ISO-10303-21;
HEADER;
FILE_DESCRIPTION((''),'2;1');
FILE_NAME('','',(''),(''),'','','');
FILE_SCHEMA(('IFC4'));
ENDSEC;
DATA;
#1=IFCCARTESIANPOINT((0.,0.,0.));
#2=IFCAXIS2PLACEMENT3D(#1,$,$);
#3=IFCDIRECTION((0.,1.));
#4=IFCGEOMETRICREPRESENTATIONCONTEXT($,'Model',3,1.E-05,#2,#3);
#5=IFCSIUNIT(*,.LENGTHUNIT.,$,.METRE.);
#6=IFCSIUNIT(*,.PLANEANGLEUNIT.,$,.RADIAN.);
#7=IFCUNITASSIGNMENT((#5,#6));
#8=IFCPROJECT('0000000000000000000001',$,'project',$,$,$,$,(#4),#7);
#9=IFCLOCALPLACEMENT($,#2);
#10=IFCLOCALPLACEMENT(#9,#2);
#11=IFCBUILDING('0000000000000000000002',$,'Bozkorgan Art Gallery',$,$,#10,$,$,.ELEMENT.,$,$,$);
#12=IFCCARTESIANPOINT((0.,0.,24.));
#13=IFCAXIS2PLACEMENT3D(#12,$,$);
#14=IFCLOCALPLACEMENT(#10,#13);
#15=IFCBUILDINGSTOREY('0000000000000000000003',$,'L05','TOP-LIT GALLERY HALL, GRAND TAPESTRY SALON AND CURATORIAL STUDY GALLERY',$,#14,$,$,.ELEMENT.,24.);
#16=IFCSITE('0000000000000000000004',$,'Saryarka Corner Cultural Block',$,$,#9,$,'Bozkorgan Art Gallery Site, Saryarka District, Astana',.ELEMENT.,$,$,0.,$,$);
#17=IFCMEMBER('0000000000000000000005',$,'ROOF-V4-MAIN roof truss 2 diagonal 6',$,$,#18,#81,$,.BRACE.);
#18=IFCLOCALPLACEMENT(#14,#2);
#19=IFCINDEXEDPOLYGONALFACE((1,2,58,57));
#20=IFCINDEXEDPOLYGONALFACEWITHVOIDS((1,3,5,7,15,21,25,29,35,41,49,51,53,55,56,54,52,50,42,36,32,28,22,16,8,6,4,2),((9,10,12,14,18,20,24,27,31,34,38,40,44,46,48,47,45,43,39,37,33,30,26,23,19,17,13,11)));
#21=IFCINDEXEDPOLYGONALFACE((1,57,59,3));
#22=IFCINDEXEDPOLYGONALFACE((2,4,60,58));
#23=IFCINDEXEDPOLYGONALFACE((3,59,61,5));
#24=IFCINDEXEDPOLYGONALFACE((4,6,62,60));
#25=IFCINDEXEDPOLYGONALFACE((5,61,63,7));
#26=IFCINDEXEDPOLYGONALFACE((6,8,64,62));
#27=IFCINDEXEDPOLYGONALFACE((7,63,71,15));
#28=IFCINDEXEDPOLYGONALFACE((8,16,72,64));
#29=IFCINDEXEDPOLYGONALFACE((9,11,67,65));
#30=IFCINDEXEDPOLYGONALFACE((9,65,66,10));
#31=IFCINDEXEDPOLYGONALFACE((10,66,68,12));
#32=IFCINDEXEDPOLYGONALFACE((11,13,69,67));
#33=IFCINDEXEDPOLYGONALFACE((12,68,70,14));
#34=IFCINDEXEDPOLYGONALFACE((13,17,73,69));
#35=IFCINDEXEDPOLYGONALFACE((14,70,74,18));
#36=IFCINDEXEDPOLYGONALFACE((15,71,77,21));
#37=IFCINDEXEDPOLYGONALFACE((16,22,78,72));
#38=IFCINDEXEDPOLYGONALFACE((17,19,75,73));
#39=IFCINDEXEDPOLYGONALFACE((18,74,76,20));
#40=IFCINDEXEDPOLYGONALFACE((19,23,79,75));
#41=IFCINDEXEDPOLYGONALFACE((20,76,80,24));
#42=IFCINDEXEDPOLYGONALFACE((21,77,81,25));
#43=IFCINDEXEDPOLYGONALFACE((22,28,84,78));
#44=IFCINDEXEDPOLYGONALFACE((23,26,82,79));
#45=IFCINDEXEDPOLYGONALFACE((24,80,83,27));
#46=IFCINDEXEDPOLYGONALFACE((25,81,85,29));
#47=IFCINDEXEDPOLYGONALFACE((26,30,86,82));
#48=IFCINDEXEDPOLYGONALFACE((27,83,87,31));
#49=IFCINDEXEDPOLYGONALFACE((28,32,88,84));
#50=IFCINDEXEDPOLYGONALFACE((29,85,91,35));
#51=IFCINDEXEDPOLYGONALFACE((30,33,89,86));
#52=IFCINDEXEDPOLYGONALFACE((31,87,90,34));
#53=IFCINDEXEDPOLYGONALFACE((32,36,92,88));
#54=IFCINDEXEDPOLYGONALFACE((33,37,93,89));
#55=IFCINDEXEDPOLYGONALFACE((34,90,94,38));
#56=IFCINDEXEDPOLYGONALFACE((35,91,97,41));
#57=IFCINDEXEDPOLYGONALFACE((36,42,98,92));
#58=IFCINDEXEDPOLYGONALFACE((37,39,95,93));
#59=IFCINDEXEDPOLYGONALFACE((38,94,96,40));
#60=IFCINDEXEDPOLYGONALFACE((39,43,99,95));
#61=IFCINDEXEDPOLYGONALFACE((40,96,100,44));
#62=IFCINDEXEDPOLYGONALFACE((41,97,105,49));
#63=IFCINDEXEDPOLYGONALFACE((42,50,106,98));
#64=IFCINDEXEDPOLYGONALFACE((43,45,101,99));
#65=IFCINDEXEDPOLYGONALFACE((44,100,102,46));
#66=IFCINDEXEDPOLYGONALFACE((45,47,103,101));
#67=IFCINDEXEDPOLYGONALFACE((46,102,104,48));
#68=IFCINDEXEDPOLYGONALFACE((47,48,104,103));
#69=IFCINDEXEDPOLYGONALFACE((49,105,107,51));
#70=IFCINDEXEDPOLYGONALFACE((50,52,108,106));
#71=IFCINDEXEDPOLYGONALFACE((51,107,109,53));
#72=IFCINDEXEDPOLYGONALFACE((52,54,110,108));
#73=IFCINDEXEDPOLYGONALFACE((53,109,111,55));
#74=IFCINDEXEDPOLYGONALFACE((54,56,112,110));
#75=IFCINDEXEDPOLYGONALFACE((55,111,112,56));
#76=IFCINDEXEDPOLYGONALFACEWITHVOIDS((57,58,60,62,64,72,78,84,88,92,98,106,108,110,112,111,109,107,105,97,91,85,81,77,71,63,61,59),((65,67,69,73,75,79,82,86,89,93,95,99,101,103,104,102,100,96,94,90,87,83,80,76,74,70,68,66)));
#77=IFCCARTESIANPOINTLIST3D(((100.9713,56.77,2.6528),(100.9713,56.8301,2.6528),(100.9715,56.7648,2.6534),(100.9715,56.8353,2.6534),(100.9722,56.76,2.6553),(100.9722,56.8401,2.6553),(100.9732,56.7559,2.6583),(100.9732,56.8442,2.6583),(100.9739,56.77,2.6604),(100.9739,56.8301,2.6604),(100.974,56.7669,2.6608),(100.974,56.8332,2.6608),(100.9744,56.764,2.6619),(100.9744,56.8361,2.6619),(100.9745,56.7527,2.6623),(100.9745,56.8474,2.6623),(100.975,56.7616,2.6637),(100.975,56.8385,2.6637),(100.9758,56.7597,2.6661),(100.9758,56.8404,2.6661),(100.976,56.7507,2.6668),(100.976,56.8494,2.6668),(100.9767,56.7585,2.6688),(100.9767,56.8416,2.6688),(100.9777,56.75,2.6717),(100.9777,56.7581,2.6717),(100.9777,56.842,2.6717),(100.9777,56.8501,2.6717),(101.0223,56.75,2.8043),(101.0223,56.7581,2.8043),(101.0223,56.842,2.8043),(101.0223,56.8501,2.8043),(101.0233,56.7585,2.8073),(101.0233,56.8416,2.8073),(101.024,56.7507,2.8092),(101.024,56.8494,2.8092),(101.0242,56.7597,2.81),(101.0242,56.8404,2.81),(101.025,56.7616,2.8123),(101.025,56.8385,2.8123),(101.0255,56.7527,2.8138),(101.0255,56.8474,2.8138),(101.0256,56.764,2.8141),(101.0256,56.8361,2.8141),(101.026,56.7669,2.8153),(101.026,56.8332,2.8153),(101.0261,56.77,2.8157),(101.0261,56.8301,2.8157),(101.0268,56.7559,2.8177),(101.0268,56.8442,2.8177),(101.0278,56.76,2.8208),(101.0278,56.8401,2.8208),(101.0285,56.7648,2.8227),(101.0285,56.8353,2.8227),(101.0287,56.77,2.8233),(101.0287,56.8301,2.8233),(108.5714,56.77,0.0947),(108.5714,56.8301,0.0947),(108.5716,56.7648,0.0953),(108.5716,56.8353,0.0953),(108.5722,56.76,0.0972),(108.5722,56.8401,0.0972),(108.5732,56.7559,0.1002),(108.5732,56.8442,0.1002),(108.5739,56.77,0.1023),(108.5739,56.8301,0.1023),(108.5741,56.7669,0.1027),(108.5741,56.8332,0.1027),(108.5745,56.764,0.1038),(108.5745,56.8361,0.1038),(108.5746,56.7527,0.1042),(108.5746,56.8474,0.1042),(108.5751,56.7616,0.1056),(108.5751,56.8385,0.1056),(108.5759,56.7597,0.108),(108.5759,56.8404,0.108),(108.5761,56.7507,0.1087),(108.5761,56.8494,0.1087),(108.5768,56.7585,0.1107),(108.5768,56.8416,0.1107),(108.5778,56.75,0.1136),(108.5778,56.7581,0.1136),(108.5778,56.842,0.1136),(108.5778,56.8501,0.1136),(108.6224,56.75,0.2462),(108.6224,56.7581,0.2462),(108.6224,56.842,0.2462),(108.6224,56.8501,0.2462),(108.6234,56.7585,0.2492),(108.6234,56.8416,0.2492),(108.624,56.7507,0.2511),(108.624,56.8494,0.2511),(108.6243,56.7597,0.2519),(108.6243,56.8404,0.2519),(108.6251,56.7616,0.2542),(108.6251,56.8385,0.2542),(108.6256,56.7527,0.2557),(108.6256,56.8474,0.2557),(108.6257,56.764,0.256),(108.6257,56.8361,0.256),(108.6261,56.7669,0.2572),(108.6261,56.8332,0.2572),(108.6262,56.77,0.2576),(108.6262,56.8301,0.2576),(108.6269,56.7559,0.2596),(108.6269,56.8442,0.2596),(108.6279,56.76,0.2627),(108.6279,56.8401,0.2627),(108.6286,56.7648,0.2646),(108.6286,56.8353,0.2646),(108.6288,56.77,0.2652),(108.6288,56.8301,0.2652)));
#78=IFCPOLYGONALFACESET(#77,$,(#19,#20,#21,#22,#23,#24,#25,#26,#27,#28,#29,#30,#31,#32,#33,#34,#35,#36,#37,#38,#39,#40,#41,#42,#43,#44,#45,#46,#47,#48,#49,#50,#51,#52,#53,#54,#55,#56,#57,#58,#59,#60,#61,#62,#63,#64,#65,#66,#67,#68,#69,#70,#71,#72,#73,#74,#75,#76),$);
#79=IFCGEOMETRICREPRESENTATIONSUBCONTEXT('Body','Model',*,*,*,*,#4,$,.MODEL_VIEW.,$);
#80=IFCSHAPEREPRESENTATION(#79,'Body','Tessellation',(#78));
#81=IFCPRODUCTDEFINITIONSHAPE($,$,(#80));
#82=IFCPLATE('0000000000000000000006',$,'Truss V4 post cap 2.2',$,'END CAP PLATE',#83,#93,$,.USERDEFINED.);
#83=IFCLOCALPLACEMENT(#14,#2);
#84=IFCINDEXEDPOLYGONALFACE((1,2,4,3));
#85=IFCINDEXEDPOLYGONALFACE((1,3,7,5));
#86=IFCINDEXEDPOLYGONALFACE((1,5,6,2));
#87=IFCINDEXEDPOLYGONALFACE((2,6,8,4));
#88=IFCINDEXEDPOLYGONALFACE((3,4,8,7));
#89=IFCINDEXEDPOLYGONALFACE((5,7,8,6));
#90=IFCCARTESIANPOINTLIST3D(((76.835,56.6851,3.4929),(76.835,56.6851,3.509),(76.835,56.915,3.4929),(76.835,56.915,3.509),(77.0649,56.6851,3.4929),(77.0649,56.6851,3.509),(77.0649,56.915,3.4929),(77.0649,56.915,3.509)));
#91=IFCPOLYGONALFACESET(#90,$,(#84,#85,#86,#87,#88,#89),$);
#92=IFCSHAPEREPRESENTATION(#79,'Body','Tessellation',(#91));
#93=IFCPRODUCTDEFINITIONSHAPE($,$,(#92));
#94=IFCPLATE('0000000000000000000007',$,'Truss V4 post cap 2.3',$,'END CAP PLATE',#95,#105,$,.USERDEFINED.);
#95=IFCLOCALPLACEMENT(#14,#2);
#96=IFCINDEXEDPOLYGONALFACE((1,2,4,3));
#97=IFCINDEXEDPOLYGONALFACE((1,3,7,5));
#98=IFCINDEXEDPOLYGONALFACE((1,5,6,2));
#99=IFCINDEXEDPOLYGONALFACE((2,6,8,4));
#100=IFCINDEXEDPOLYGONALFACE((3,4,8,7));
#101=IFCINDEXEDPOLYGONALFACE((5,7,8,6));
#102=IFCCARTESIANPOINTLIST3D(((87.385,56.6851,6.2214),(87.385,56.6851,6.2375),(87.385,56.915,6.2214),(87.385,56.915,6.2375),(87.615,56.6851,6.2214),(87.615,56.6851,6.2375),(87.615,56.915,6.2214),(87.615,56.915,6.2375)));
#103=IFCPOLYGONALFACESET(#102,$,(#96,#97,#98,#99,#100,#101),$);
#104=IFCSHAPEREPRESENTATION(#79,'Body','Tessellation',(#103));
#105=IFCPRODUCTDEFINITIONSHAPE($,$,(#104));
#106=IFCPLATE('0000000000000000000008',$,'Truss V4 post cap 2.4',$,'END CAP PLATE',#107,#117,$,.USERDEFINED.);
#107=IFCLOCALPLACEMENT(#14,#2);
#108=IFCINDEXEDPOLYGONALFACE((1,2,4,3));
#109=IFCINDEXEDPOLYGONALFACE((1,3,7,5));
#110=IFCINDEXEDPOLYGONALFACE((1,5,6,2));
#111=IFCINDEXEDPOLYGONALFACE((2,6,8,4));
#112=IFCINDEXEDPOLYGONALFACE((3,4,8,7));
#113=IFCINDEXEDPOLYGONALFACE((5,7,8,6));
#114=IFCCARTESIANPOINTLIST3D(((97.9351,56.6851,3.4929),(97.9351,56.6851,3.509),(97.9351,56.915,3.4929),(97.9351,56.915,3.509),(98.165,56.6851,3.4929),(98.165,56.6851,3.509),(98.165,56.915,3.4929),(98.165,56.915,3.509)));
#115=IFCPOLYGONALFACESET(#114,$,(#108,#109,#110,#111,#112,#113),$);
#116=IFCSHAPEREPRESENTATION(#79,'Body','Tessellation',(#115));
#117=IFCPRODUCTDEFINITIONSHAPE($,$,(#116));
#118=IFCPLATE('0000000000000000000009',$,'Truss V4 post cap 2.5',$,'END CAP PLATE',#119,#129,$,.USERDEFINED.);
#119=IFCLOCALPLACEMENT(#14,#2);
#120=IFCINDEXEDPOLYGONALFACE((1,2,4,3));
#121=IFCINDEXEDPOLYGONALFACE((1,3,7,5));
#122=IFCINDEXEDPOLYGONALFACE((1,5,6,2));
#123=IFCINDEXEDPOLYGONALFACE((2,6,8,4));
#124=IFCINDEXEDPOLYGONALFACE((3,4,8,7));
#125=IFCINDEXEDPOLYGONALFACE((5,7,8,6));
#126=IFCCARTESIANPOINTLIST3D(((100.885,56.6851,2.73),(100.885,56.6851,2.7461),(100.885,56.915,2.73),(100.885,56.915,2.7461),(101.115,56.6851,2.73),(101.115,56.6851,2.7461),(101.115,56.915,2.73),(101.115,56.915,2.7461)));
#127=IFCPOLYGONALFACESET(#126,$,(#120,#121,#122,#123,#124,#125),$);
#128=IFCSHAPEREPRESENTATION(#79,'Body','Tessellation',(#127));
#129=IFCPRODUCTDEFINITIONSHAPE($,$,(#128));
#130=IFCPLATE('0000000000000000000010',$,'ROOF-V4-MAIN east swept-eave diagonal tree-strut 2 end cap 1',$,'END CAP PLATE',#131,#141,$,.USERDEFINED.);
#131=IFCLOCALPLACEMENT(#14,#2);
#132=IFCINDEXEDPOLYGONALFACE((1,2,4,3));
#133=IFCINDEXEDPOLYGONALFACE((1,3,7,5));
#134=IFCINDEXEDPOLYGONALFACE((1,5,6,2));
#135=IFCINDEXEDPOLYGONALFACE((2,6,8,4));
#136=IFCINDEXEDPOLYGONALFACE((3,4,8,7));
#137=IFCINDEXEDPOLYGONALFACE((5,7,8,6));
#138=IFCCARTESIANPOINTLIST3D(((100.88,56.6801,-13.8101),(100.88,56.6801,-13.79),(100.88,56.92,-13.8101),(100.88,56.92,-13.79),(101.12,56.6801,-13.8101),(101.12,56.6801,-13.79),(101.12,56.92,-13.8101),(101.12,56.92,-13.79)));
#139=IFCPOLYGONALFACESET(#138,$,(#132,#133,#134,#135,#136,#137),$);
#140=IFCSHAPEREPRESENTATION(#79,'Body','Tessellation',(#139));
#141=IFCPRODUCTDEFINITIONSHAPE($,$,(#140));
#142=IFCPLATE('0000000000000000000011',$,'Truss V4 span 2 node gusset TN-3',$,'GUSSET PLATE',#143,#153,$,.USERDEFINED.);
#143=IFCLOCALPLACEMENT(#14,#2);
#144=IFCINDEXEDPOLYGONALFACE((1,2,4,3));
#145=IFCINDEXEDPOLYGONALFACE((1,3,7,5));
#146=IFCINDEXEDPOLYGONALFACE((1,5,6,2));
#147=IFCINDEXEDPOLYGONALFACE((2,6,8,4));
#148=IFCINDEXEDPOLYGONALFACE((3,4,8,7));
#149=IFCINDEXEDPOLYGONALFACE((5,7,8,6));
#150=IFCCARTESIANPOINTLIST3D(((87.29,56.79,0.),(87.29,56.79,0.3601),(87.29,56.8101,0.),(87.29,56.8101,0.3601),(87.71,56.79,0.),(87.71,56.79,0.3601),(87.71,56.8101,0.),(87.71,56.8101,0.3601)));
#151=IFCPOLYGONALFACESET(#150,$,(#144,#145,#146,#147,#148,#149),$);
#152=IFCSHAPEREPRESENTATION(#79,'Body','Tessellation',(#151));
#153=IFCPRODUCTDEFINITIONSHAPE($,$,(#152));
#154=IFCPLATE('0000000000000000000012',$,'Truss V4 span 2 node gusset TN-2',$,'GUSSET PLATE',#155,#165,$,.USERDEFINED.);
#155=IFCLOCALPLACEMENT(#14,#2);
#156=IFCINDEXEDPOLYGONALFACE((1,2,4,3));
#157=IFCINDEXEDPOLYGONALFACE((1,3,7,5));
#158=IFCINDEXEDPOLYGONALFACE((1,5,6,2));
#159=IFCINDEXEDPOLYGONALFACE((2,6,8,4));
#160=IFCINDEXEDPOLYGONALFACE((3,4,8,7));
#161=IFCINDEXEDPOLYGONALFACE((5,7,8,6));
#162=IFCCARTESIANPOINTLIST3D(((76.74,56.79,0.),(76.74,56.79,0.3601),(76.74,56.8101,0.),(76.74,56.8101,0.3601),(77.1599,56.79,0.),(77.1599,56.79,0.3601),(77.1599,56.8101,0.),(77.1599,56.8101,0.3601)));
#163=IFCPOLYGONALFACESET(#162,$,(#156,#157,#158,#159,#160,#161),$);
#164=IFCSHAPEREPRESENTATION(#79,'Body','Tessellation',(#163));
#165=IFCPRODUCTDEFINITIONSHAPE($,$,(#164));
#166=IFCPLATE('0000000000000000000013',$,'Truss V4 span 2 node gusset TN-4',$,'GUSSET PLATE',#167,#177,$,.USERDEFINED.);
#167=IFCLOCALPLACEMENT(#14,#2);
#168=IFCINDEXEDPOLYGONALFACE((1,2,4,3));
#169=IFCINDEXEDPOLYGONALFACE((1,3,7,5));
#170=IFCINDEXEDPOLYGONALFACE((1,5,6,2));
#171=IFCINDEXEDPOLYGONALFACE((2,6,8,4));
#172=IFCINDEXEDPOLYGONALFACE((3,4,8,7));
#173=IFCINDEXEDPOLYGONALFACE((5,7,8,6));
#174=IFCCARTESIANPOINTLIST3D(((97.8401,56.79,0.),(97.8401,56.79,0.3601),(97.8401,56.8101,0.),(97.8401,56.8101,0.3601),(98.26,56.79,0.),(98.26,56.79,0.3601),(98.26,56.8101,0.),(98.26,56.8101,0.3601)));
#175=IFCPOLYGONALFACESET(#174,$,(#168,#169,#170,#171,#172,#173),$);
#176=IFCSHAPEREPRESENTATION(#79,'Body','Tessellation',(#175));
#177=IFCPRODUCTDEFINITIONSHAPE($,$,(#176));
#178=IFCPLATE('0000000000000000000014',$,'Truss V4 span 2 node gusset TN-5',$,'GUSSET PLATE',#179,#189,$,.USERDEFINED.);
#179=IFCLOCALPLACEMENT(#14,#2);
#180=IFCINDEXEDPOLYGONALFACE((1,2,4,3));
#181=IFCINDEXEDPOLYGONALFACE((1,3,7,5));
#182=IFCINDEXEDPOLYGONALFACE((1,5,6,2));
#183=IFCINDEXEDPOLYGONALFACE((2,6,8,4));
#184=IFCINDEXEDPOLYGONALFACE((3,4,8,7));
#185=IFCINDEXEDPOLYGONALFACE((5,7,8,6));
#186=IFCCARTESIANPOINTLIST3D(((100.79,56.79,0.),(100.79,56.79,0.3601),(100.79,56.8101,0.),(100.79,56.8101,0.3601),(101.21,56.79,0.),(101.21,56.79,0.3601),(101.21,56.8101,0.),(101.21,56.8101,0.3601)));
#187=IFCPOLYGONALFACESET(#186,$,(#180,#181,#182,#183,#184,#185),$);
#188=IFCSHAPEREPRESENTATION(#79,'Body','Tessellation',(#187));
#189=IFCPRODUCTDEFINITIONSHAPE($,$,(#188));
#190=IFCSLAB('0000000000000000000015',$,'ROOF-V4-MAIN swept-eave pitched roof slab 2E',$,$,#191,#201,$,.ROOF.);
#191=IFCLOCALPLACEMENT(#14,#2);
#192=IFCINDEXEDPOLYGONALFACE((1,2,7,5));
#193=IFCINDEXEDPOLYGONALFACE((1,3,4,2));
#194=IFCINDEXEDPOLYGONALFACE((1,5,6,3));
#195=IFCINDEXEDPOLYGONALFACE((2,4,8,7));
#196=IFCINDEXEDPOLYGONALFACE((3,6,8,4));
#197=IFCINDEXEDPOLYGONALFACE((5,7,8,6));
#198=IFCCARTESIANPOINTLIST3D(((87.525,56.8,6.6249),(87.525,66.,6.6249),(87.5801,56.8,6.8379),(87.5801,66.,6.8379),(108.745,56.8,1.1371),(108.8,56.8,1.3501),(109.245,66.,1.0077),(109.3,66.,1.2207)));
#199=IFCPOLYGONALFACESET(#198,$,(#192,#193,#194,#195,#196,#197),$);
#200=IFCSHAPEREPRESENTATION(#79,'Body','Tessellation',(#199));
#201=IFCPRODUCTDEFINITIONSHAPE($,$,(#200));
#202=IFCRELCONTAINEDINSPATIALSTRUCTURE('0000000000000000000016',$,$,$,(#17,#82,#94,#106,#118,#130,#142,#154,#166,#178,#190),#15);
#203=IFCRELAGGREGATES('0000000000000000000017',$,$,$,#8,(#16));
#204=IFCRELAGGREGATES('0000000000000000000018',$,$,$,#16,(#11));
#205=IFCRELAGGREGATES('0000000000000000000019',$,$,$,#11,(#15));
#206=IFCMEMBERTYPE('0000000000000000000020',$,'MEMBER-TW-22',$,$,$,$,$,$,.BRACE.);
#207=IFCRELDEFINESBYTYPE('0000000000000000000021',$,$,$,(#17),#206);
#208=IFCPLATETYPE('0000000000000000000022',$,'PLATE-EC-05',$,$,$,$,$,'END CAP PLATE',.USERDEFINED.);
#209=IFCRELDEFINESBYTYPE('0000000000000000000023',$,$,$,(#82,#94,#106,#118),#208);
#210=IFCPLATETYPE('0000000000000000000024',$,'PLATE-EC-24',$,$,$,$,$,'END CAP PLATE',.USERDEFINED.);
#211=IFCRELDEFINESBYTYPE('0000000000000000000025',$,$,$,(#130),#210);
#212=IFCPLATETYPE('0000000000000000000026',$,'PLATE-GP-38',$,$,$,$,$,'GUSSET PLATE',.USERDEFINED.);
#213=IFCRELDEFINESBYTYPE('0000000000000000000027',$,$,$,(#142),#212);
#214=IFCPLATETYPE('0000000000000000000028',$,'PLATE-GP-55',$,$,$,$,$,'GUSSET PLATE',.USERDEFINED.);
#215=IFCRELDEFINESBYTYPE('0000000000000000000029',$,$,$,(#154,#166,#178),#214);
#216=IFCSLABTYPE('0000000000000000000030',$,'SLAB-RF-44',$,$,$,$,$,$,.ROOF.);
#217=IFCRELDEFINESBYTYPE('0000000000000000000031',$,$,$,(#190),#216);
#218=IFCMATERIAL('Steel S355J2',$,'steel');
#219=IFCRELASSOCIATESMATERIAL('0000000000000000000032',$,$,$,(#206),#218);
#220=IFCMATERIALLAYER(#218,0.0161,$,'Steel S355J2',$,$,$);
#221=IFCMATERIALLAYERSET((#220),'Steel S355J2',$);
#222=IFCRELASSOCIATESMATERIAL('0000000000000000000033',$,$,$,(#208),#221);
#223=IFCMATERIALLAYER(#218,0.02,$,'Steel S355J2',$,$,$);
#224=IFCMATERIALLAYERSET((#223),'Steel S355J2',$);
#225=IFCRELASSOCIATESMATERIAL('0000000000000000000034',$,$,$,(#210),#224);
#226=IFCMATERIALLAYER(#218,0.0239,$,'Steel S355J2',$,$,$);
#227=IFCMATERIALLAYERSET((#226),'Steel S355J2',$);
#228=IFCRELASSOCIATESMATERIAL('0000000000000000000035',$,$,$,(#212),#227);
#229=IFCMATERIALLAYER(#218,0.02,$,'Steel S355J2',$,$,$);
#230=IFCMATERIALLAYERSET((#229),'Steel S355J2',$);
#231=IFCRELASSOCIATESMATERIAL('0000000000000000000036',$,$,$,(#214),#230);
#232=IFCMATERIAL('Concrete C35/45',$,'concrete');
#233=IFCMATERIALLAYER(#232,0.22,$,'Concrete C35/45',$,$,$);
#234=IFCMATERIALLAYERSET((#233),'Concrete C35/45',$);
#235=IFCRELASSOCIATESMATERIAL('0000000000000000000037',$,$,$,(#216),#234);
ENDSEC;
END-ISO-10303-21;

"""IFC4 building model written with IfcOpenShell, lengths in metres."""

from ifc_helpers import new_model, si_unit, direction, frame, origin, origin_2d, place, context, subcontext, project, spatial, polyline, rectangle, hollow_rectangle, outline, extrude, material, layer, layer_set, material_profile, profile_set, type_object, element, save


model = new_model("IFC4")

# Units and contexts
model_context = context("Model", 3, precision=1e-05, world=origin(), true_north=direction((0.0, 1.0)))
body_context = subcontext(model_context, "Body", "Model", "MODEL_VIEW")
ifc_project = project(units=[si_unit("LENGTHUNIT", "METRE"), si_unit("PLANEANGLEUNIT", "RADIAN")], contexts=[model_context])

# Site, building, storey
site_placement = place(None, origin())
site = spatial("IfcSite", under=ifc_project, at=site_placement, Name="Saryarka Corner Cultural Block", LongName="Bozkorgan Art Gallery Site, Saryarka District, Astana", CompositionType="ELEMENT", RefElevation=0.0)
building_placement = place(site_placement, origin())
building = spatial("IfcBuilding", under=site, at=building_placement, Name="Bozkorgan Art Gallery", CompositionType="ELEMENT")
storey_placement = place(building_placement, frame((0.0, 0.0, 24.0)))
storey = spatial("IfcBuildingStorey", under=building, at=storey_placement, Name="L05", Description="TOP-LIT GALLERY HALL, GRAND TAPESTRY SALON AND CURATORIAL STUDY GALLERY", CompositionType="ELEMENT", Elevation=24.0)

# Member
ifc_material_1 = material(Name="Steel S355J2", Category="steel")
ifc_material_profile_1 = material_profile(ifc_material_1, hollow_rectangle(XDim=0.1001, YDim=0.1799, WallThickness=0.0081, InnerFilletRadius=0.012, OuterFilletRadius=0.02, at=origin_2d()), Name="RHS 180x100x8")
ifc_profile_set_1 = profile_set([ifc_material_profile_1], Name="Steel S355J2")
member_type_1 = type_object("IfcMemberType", Name="MEMBER-TW-22", PredefinedType="BRACE", material=ifc_profile_set_1)
member_1_placement = place(storey_placement, frame((101.0, 56.8, 2.738), z_axis=(0.947754, 0.0, -0.319003), x_axis=(0.0, 1.0, 0.0)))
element("IfcMember", 1, at=member_1_placement, inside=storey, type_object=member_type_1, Name="ROOF-V4-MAIN roof truss 2 diagonal 6", PredefinedType="BRACE", context=body_context, shape_type="SweptSolid", body=[
    extrude(hollow_rectangle(XDim=0.1001, YDim=0.1799, WallThickness=0.0081, InnerFilletRadius=0.012, OuterFilletRadius=0.02, at=origin_2d()), origin(), (0.0, 0.0, 1.0), 8.019),
])

# Plates
ifc_layer_1 = layer(ifc_material_1, 0.0161, Name="Steel S355J2")
ifc_layer_set_1 = layer_set([ifc_layer_1], Name="Steel S355J2")
plate_type_1 = type_object("IfcPlateType", Name="PLATE-EC-05", ElementType="END CAP PLATE", PredefinedType="USERDEFINED", material=ifc_layer_set_1)
for number, where, z_axis, x_axis, name in (
    (2, (76.95, 56.8, 3.4929), (0.0, 0.0, 1.0), (1.0, 0.0, 0.0), "Truss V4 post cap 2.2"),
    (3, (87.5, 56.8, 6.2214), (0.0, 0.0, 1.0), (1.0, 0.0, 0.0), "Truss V4 post cap 2.3"),
    (4, (98.05, 56.8, 3.4929), (0.0, 0.0, 1.0), (1.0, 0.0, 0.0), "Truss V4 post cap 2.4"),
    (5, (101.0, 56.8, 2.73), (0.0, 0.0, 1.0), (1.0, 0.0, 0.0), "Truss V4 post cap 2.5"),
):
    element("IfcPlate", number, at=place(storey_placement, frame(where, z_axis=z_axis, x_axis=x_axis)), inside=storey, type_object=plate_type_1, Name=name, ObjectType="END CAP PLATE", PredefinedType="USERDEFINED", context=body_context, shape_type="SweptSolid", body=[
        extrude(rectangle(XDim=0.23, YDim=0.23, at=origin_2d()), origin(), (0.0, 0.0, 1.0), 0.0161),
    ])
ifc_layer_2 = layer(ifc_material_1, 0.02, Name="Steel S355J2")
ifc_layer_set_2 = layer_set([ifc_layer_2], Name="Steel S355J2")
plate_type_2 = type_object("IfcPlateType", Name="PLATE-EC-24", ElementType="END CAP PLATE", PredefinedType="USERDEFINED", material=ifc_layer_set_2)
plate_1_placement = place(storey_placement, frame((101.0, 56.8, -13.8101), z_axis=(0.0, 0.0, 1.0), x_axis=(1.0, 0.0, 0.0)))
element("IfcPlate", 6, at=plate_1_placement, inside=storey, type_object=plate_type_2, Name="ROOF-V4-MAIN east swept-eave diagonal tree-strut 2 end cap 1", ObjectType="END CAP PLATE", PredefinedType="USERDEFINED", context=body_context, shape_type="SweptSolid", body=[
    extrude(rectangle(XDim=0.24, YDim=0.24, at=origin_2d()), origin(), (0.0, 0.0, 1.0), 0.02),
])
ifc_layer_3 = layer(ifc_material_1, 0.0239, Name="Steel S355J2")
ifc_layer_set_3 = layer_set([ifc_layer_3], Name="Steel S355J2")
plate_type_3 = type_object("IfcPlateType", Name="PLATE-GP-38", ElementType="GUSSET PLATE", PredefinedType="USERDEFINED", material=ifc_layer_set_3)
plate_2_placement = place(storey_placement, frame((87.5, 56.8, 0.0), z_axis=(0.0, 0.0, 1.0), x_axis=(1.0, 0.0, 0.0)))
element("IfcPlate", 7, at=plate_2_placement, inside=storey, type_object=plate_type_3, Name="Truss V4 span 2 node gusset TN-3", ObjectType="GUSSET PLATE", PredefinedType="USERDEFINED", context=body_context, shape_type="SweptSolid", body=[
    extrude(rectangle(XDim=0.4199, YDim=0.02, at=origin_2d()), origin(), (0.0, 0.0, 1.0), 0.3601),
])
ifc_layer_4 = layer(ifc_material_1, 0.02, Name="Steel S355J2")
ifc_layer_set_4 = layer_set([ifc_layer_4], Name="Steel S355J2")
plate_type_4 = type_object("IfcPlateType", Name="PLATE-GP-55", ElementType="GUSSET PLATE", PredefinedType="USERDEFINED", material=ifc_layer_set_4)
for number, where, z_axis, x_axis, name in (
    (8, (76.95, 56.8, 0.0), (0.0, 0.0, 1.0), (1.0, 0.0, 0.0), "Truss V4 span 2 node gusset TN-2"),
    (9, (98.05, 56.8, 0.0), (0.0, 0.0, 1.0), (1.0, 0.0, 0.0), "Truss V4 span 2 node gusset TN-4"),
    (10, (101.0, 56.8, 0.0), (0.0, 0.0, 1.0), (1.0, 0.0, 0.0), "Truss V4 span 2 node gusset TN-5"),
):
    element("IfcPlate", number, at=place(storey_placement, frame(where, z_axis=z_axis, x_axis=x_axis)), inside=storey, type_object=plate_type_4, Name=name, ObjectType="GUSSET PLATE", PredefinedType="USERDEFINED", context=body_context, shape_type="SweptSolid", body=[
        extrude(rectangle(XDim=0.4199, YDim=0.02, at=origin_2d()), origin(), (0.0, 0.0, 1.0), 0.3601),
    ])

# Slab
ifc_material_2 = material(Name="Concrete C35/45", Category="concrete")
ifc_layer_5 = layer(ifc_material_2, 0.22, Name="Concrete C35/45")
ifc_layer_set_5 = layer_set([ifc_layer_5], Name="Concrete C35/45")
slab_type = type_object("IfcSlabType", Name="SLAB-RF-44", PredefinedType="ROOF", material=ifc_layer_set_5)
slab_placement = place(storey_placement, frame((87.5801, 56.8, 6.8379), z_axis=(0.250379, 0.000005, 0.968148), x_axis=(0.968148, 0.0, -0.250379)))
element("IfcSlab", 11, at=slab_placement, inside=storey, type_object=slab_type, Name="ROOF-V4-MAIN swept-eave pitched roof slab 2E", PredefinedType="ROOF", context=body_context, shape_type="SweptSolid", body=[
    extrude(outline(polyline([(0.0, 0.0), (21.9181, 0.0), (22.4346, 9.2), (0.0, 9.2), (0.0, 0.0)])), origin(), (0.0, 0.0, -1.0), 0.22),
])

save(model, "model.ifc")
